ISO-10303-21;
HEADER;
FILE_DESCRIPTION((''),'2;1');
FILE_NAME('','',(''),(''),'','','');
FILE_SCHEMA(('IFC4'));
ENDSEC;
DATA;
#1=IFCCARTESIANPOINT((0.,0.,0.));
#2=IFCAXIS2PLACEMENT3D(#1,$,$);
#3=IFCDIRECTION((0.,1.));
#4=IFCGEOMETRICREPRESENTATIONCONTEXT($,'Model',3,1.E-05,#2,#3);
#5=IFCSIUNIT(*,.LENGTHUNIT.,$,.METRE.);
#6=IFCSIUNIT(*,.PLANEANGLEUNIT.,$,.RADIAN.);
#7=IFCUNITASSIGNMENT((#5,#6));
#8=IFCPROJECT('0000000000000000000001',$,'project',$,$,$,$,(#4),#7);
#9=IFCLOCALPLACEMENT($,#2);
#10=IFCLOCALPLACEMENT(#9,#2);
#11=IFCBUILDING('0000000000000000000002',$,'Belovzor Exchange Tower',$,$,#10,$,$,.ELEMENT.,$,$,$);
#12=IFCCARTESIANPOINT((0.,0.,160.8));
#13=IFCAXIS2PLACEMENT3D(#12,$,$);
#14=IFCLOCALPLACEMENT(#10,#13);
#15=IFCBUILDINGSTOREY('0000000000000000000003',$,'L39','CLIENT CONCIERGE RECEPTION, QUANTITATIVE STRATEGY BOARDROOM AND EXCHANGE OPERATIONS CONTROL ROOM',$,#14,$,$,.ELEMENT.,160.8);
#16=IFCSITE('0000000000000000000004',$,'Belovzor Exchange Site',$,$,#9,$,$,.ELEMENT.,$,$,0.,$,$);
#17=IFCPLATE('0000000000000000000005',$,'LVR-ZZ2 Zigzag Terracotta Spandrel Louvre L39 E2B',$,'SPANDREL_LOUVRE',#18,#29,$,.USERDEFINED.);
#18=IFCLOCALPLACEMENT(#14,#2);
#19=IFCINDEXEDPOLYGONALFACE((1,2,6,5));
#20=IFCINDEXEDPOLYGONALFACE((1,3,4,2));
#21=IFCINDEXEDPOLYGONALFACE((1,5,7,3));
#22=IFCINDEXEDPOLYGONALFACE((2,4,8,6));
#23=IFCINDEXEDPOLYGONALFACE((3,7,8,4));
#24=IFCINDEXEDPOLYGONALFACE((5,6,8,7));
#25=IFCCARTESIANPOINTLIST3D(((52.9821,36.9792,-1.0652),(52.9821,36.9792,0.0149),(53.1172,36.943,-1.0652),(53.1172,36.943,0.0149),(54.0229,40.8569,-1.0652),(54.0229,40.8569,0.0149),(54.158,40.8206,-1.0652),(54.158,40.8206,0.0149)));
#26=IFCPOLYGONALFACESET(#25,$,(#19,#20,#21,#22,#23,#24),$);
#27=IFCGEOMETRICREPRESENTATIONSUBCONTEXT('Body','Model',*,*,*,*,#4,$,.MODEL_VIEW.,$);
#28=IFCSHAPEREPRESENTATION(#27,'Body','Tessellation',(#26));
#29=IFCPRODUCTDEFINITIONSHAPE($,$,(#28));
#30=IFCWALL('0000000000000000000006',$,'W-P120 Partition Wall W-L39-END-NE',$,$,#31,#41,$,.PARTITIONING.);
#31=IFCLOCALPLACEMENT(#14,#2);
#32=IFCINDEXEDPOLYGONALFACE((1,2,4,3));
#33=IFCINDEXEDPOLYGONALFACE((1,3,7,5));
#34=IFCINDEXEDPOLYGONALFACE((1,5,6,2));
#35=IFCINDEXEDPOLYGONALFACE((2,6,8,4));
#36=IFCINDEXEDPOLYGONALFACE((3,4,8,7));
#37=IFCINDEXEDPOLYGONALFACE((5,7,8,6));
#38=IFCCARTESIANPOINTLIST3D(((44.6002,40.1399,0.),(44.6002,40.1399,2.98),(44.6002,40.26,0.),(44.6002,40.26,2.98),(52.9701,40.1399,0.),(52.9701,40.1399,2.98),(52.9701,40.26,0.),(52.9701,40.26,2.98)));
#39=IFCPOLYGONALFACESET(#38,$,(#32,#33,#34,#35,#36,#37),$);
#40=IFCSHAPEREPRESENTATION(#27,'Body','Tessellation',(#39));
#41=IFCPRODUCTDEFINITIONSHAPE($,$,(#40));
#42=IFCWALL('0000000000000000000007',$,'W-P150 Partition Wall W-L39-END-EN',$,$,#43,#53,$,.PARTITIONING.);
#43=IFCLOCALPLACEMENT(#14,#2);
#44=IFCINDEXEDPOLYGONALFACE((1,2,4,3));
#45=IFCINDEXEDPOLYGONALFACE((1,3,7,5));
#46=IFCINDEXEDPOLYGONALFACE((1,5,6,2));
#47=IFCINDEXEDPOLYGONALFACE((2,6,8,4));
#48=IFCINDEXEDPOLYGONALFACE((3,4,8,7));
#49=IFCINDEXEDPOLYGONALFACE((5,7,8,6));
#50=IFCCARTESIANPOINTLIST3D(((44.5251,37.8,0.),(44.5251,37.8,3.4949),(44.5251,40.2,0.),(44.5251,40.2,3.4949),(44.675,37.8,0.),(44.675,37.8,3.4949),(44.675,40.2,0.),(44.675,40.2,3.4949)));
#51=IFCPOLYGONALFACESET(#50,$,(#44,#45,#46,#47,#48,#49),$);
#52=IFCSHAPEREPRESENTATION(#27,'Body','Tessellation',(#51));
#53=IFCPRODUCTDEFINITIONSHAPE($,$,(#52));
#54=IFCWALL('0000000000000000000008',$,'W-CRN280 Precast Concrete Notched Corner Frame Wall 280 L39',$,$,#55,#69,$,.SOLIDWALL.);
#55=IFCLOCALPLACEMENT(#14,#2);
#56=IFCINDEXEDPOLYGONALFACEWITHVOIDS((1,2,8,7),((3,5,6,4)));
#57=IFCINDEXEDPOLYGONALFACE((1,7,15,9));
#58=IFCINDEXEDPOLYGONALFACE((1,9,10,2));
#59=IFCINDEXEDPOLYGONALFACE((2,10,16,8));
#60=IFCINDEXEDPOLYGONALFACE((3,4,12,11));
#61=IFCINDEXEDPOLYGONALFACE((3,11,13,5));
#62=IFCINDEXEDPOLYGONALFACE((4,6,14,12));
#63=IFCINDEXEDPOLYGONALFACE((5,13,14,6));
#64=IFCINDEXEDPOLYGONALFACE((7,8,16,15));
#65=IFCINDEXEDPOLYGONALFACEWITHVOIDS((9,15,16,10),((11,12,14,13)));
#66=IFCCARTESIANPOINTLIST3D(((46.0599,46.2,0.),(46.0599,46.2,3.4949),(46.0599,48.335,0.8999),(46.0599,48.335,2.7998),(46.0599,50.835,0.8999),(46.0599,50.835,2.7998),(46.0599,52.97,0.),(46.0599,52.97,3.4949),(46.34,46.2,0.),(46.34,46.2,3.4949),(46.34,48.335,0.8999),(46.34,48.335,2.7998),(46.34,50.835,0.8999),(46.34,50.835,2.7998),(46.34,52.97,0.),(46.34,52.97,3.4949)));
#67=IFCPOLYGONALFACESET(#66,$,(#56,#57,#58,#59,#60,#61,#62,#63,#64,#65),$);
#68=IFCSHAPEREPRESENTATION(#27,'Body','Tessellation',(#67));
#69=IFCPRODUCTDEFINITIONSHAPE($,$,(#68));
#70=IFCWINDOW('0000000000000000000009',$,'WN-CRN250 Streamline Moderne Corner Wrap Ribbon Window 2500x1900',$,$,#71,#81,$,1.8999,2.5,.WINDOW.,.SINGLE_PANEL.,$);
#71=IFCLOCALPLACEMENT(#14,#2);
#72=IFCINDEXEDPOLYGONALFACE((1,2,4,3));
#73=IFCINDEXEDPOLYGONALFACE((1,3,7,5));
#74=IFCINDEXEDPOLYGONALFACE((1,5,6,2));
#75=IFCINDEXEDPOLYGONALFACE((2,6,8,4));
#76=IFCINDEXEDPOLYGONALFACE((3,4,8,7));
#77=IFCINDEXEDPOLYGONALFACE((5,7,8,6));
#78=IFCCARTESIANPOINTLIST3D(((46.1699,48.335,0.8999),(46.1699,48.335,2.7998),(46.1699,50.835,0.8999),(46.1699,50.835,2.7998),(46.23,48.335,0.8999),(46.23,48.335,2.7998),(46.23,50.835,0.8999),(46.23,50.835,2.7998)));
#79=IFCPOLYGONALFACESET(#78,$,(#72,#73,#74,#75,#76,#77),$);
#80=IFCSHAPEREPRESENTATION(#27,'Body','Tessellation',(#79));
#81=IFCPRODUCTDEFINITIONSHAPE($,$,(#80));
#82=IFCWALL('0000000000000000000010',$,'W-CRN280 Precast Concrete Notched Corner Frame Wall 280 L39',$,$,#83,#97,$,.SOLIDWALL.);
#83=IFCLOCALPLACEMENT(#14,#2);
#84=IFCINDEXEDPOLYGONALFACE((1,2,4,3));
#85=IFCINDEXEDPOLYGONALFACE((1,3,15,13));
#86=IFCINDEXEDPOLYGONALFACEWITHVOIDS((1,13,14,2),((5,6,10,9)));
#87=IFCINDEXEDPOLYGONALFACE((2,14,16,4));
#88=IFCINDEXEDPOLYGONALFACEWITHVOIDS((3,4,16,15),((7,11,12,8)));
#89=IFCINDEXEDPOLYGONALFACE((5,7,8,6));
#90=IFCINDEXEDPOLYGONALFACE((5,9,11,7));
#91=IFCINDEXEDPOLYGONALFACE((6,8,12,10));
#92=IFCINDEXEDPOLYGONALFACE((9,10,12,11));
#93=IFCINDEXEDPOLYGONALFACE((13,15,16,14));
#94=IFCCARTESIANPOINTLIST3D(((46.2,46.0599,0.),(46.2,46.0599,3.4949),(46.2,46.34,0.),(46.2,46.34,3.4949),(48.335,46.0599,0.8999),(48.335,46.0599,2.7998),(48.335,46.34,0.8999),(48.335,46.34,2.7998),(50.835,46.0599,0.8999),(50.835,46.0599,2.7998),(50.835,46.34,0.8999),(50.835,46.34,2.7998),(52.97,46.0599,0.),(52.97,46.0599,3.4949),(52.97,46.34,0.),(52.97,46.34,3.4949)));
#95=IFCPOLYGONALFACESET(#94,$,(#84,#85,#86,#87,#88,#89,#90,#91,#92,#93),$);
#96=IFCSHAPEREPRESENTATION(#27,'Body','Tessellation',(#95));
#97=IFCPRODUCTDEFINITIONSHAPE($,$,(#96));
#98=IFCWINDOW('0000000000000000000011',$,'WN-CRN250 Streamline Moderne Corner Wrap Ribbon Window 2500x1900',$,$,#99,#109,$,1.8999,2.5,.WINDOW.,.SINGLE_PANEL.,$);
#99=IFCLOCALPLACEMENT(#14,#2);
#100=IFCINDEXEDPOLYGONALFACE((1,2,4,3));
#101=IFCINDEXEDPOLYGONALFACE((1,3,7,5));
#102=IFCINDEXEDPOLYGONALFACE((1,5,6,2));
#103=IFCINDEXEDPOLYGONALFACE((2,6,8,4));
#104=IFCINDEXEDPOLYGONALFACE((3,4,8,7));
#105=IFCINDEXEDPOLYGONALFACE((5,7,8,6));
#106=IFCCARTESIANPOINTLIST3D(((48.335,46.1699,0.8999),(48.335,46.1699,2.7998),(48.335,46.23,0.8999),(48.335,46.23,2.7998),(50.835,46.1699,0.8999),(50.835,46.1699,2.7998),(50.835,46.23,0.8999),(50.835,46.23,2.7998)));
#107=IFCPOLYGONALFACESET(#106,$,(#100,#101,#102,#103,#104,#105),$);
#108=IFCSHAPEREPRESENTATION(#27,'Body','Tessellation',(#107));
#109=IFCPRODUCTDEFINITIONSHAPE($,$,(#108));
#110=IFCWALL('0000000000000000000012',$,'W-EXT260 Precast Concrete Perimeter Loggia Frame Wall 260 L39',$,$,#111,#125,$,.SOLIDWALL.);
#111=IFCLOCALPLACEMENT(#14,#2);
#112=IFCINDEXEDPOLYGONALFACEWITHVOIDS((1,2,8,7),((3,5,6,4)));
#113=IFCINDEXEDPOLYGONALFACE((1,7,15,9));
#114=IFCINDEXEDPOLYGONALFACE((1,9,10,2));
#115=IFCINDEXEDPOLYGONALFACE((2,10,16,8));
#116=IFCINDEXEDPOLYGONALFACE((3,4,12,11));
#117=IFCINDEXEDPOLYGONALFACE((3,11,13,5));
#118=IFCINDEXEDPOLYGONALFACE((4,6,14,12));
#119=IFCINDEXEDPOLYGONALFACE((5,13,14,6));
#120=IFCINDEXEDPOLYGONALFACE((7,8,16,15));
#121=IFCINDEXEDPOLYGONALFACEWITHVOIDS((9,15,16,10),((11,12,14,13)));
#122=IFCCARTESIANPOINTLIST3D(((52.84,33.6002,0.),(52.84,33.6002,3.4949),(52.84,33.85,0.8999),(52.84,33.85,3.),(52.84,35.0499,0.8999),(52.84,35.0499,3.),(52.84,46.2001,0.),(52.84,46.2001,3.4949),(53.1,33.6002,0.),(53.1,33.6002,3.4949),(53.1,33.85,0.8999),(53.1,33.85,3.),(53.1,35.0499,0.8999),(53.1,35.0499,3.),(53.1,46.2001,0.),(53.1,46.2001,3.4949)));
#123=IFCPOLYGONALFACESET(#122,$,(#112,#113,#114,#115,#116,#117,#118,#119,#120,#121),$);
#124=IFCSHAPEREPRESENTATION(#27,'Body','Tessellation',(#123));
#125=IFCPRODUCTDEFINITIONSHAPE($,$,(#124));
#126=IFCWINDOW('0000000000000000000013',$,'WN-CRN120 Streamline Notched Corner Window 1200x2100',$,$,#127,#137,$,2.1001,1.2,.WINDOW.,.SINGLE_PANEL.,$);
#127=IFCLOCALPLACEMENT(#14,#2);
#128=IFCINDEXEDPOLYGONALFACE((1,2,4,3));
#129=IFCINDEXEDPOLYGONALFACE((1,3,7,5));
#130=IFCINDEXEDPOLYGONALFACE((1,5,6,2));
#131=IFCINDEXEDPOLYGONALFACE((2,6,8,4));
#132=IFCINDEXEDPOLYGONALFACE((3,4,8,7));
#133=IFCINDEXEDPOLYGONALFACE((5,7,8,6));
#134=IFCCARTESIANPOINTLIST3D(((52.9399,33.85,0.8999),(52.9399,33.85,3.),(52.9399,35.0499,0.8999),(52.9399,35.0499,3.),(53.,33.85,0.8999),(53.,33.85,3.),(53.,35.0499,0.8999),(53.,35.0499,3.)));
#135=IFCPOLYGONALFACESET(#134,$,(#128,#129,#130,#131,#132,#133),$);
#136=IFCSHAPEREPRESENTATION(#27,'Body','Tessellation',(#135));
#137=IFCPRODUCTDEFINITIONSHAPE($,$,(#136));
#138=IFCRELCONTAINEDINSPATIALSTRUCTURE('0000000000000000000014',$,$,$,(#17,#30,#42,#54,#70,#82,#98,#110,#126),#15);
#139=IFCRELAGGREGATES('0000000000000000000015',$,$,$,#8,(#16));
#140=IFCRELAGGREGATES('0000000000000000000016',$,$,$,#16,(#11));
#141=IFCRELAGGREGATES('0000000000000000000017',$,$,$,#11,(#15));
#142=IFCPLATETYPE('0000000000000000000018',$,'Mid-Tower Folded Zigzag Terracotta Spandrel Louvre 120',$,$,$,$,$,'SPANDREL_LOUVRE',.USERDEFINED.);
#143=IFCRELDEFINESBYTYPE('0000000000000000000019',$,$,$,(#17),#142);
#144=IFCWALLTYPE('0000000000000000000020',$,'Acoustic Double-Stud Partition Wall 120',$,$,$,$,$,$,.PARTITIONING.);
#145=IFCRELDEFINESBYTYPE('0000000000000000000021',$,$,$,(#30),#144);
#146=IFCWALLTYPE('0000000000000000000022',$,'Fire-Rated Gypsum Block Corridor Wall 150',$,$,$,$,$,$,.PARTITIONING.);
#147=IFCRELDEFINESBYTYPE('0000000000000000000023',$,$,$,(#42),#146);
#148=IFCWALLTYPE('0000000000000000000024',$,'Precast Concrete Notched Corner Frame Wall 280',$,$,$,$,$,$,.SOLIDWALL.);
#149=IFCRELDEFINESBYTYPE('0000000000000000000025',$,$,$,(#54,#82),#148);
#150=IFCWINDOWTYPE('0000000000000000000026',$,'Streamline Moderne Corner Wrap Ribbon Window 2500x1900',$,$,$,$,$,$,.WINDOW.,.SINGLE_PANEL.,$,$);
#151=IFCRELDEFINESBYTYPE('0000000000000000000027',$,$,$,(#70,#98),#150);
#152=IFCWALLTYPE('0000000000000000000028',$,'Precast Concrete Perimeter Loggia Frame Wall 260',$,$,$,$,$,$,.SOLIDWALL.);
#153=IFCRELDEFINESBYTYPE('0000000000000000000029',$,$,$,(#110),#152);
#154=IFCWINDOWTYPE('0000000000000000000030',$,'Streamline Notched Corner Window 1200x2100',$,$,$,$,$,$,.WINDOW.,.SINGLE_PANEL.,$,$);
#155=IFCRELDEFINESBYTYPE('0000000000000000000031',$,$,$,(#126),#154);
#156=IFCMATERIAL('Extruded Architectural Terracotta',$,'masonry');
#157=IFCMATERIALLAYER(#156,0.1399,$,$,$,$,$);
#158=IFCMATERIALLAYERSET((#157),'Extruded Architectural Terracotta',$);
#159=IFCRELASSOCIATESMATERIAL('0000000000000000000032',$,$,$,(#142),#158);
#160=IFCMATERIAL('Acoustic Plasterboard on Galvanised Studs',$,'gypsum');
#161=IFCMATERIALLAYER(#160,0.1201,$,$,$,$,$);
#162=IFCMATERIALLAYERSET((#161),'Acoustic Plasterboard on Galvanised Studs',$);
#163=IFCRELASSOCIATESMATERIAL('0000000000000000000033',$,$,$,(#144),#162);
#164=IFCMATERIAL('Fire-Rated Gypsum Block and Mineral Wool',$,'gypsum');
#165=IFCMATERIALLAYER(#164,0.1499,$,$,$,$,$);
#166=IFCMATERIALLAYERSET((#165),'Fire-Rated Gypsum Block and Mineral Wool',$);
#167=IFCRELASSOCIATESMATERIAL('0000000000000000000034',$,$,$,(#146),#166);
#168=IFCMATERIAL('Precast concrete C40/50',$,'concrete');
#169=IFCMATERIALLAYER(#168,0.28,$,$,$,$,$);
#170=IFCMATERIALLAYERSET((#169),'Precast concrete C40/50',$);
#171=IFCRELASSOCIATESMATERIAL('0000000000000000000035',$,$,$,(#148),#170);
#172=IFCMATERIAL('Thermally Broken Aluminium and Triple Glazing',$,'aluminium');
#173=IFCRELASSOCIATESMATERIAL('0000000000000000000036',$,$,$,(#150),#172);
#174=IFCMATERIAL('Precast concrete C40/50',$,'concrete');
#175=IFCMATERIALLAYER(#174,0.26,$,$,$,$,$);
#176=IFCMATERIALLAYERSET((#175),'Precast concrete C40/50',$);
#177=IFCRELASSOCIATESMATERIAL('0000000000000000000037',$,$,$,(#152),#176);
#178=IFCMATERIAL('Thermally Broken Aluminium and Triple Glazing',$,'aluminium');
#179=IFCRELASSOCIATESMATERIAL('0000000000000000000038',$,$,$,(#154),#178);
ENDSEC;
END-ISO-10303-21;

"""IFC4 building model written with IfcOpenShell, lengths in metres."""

from ifc_helpers import new_model, si_unit, direction, frame, frame_2d, origin, origin_2d, place, context, subcontext, project, spatial, rectangle, extrude, material, layer, layer_set, type_object, element, fill, save


model = new_model("IFC4")

# Units and contexts
model_context = context("Model", 3, precision=1e-05, world=origin(), true_north=direction((0.0, 1.0)))
body_context = subcontext(model_context, "Body", "Model", "MODEL_VIEW")
ifc_project = project(units=[si_unit("LENGTHUNIT", "METRE"), si_unit("PLANEANGLEUNIT", "RADIAN")], contexts=[model_context])

# Site, building, storey
site_placement = place(None, origin())
site = spatial("IfcSite", under=ifc_project, at=site_placement, Name="Belovzor Exchange Site", CompositionType="ELEMENT", RefElevation=0.0)
building_placement = place(site_placement, origin())
building = spatial("IfcBuilding", under=site, at=building_placement, Name="Belovzor Exchange Tower", CompositionType="ELEMENT")
storey_placement = place(building_placement, frame((0.0, 0.0, 160.8)))
storey = spatial("IfcBuildingStorey", under=building, at=storey_placement, Name="L39", Description="CLIENT CONCIERGE RECEPTION, QUANTITATIVE STRATEGY BOARDROOM AND EXCHANGE OPERATIONS CONTROL ROOM", CompositionType="ELEMENT", Elevation=160.8)

# Plate
ifc_material_1 = material(Name="Extruded Architectural Terracotta", Category="masonry")
ifc_layer_1 = layer(ifc_material_1, 0.1399)
ifc_layer_set_1 = layer_set([ifc_layer_1], Name="Extruded Architectural Terracotta")
plate_type = type_object("IfcPlateType", Name="Mid-Tower Folded Zigzag Terracotta Spandrel Louvre 120", ElementType="SPANDREL_LOUVRE", PredefinedType="USERDEFINED", material=ifc_layer_set_1)
plate_placement = place(storey_placement, frame((53.5701, 38.8999, -1.0652), z_axis=(0.0, 0.0, 1.0), x_axis=(0.25924, 0.965813, 0.0)))
element("IfcPlate", 1, at=plate_placement, inside=storey, type_object=plate_type, Name="LVR-ZZ2 Zigzag Terracotta Spandrel Louvre L39 E2B", ObjectType="SPANDREL_LOUVRE", PredefinedType="USERDEFINED", context=body_context, shape_type="SweptSolid", body=[
    extrude(rectangle(XDim=4.0149, YDim=0.1399, at=origin_2d()), origin(), (0.0, 0.0, 1.0), 1.0801),
])

# Walls
ifc_material_2 = material(Name="Acoustic Plasterboard on Galvanised Studs", Category="gypsum")
ifc_layer_2 = layer(ifc_material_2, 0.1201)
ifc_layer_set_2 = layer_set([ifc_layer_2], Name="Acoustic Plasterboard on Galvanised Studs")
wall_type_1 = type_object("IfcWallType", Name="Acoustic Double-Stud Partition Wall 120", PredefinedType="PARTITIONING", material=ifc_layer_set_2)
wall_1_placement = place(storey_placement, frame((44.6001, 40.2, 0.0), z_axis=(0.0, 0.0, 1.0), x_axis=(1.0, 0.0, 0.0)))
element("IfcWall", 2, at=wall_1_placement, inside=storey, type_object=wall_type_1, Name="W-P120 Partition Wall W-L39-END-NE", PredefinedType="PARTITIONING", context=body_context, shape_type="SweptSolid", body=[
    extrude(rectangle(XDim=8.3699, YDim=0.1201, at=frame_2d((4.1851, 0.0))), origin(), (0.0, 0.0, 1.0), 2.98),
])
ifc_material_3 = material(Name="Fire-Rated Gypsum Block and Mineral Wool", Category="gypsum")
ifc_layer_3 = layer(ifc_material_3, 0.1499)
ifc_layer_set_3 = layer_set([ifc_layer_3], Name="Fire-Rated Gypsum Block and Mineral Wool")
wall_type_2 = type_object("IfcWallType", Name="Fire-Rated Gypsum Block Corridor Wall 150", PredefinedType="PARTITIONING", material=ifc_layer_set_3)
wall_2_placement = place(storey_placement, frame((44.6001, 37.8, 0.0), z_axis=(0.0, 0.0, 1.0), x_axis=(0.0, 1.0, 0.0)))
element("IfcWall", 3, at=wall_2_placement, inside=storey, type_object=wall_type_2, Name="W-P150 Partition Wall W-L39-END-EN", PredefinedType="PARTITIONING", context=body_context, shape_type="SweptSolid", body=[
    extrude(rectangle(XDim=2.3999, YDim=0.1499, at=frame_2d((1.2, 0.0))), origin(), (0.0, 0.0, 1.0), 3.4949),
])

# Walls, openings, windows
ifc_material_4 = material(Name="Precast concrete C40/50", Category="concrete")
ifc_layer_4 = layer(ifc_material_4, 0.28)
ifc_layer_set_4 = layer_set([ifc_layer_4], Name="Precast concrete C40/50")
wall_type_3 = type_object("IfcWallType", Name="Precast Concrete Notched Corner Frame Wall 280", PredefinedType="SOLIDWALL", material=ifc_layer_set_4)
wall_3_placement = place(storey_placement, frame((46.2, 52.97, 0.0), z_axis=(0.0, 0.0, 1.0), x_axis=(0.0, -1.0, 0.0)))
wall_3 = element("IfcWall", 4, at=wall_3_placement, inside=storey, type_object=wall_type_3, Name="W-CRN280 Precast Concrete Notched Corner Frame Wall 280 L39", PredefinedType="SOLIDWALL", context=body_context, shape_type="SweptSolid", body=[
    extrude(rectangle(XDim=6.77, YDim=0.28, at=frame_2d((3.385, 0.0))), origin(), (0.0, 0.0, 1.0), 3.4949),
])
opening_1_placement = place(wall_3_placement, frame((2.135, 0.0, 0.8999)))
opening_1 = element("IfcOpeningElement", 5, at=opening_1_placement, cuts=wall_3, PredefinedType="OPENING", context=body_context, shape_type="SweptSolid", body=[
    extrude(rectangle(XDim=2.5, YDim=1.8999, at=frame_2d((1.25, 0.95))), frame((0.0, 0.1499, 0.0), z_axis=(0.0, -1.0, 0.0), x_axis=(1.0, 0.0, 0.0)), (0.0, 0.0, 1.0), 0.3),
])
ifc_material_5 = material(Name="Thermally Broken Aluminium and Triple Glazing", Category="aluminium")
window_type_1 = type_object("IfcWindowType", Name="Streamline Moderne Corner Wrap Ribbon Window 2500x1900", PartitioningType="SINGLE_PANEL", PredefinedType="WINDOW", material=ifc_material_5)
window_1_placement = place(opening_1_placement, origin())
window_1 = element("IfcWindow", 6, at=window_1_placement, inside=storey, type_object=window_type_1, Name="WN-CRN250 Streamline Moderne Corner Wrap Ribbon Window 2500x1900", OverallHeight=1.8999, OverallWidth=2.5, PartitioningType="SINGLE_PANEL", PredefinedType="WINDOW", context=body_context, shape_type="SweptSolid", body=[
    extrude(rectangle(XDim=2.5, YDim=1.8999, at=frame_2d((1.25, 0.95))), frame((0.0, 0.03, 0.0), z_axis=(0.0, -1.0, 0.0), x_axis=(1.0, 0.0, 0.0)), (0.0, 0.0, 1.0), 0.0601),
])
fill(opening_1, window_1)
wall_4_placement = place(storey_placement, frame((46.2, 46.2, 0.0), z_axis=(0.0, 0.0, 1.0), x_axis=(1.0, 0.0, 0.0)))
wall_4 = element("IfcWall", 7, at=wall_4_placement, inside=storey, type_object=wall_type_3, Name="W-CRN280 Precast Concrete Notched Corner Frame Wall 280 L39", PredefinedType="SOLIDWALL", context=body_context, shape_type="SweptSolid", body=[
    extrude(rectangle(XDim=6.77, YDim=0.28, at=frame_2d((3.385, 0.0))), origin(), (0.0, 0.0, 1.0), 3.4949),
])
opening_2_placement = place(wall_4_placement, frame((2.135, 0.0, 0.8999)))
opening_2 = element("IfcOpeningElement", 8, at=opening_2_placement, cuts=wall_4, PredefinedType="OPENING", context=body_context, shape_type="SweptSolid", body=[
    extrude(rectangle(XDim=2.5, YDim=1.8999, at=frame_2d((1.25, 0.95))), frame((0.0, 0.1499, 0.0), z_axis=(0.0, -1.0, 0.0), x_axis=(1.0, 0.0, 0.0)), (0.0, 0.0, 1.0), 0.3),
])
window_2_placement = place(opening_2_placement, origin())
window_2 = element("IfcWindow", 9, at=window_2_placement, inside=storey, type_object=window_type_1, Name="WN-CRN250 Streamline Moderne Corner Wrap Ribbon Window 2500x1900", OverallHeight=1.8999, OverallWidth=2.5, PartitioningType="SINGLE_PANEL", PredefinedType="WINDOW", context=body_context, shape_type="SweptSolid", body=[
    extrude(rectangle(XDim=2.5, YDim=1.8999, at=frame_2d((1.25, 0.95))), frame((0.0, 0.03, 0.0), z_axis=(0.0, -1.0, 0.0), x_axis=(1.0, 0.0, 0.0)), (0.0, 0.0, 1.0), 0.0601),
])
fill(opening_2, window_2)
ifc_material_6 = material(Name="Precast concrete C40/50", Category="concrete")
ifc_layer_5 = layer(ifc_material_6, 0.26)
ifc_layer_set_5 = layer_set([ifc_layer_5], Name="Precast concrete C40/50")
wall_type_4 = type_object("IfcWallType", Name="Precast Concrete Perimeter Loggia Frame Wall 260", PredefinedType="SOLIDWALL", material=ifc_layer_set_5)
wall_5_placement = place(storey_placement, frame((52.97, 46.2, 0.0), z_axis=(0.0, 0.0, 1.0), x_axis=(0.0, -1.0, 0.0)))
wall_5 = element("IfcWall", 10, at=wall_5_placement, inside=storey, type_object=wall_type_4, Name="W-EXT260 Precast Concrete Perimeter Loggia Frame Wall 260 L39", PredefinedType="SOLIDWALL", context=body_context, shape_type="SweptSolid", body=[
    extrude(rectangle(XDim=12.5999, YDim=0.26, at=frame_2d((6.2998, 0.0))), origin(), (0.0, 0.0, 1.0), 3.4949),
])
opening_3_placement = place(wall_5_placement, frame((11.1499, 0.0, 0.8999)))
opening_3 = element("IfcOpeningElement", 11, at=opening_3_placement, cuts=wall_5, PredefinedType="OPENING", context=body_context, shape_type="SweptSolid", body=[
    extrude(rectangle(XDim=1.2, YDim=2.1001, at=frame_2d((0.6001, 1.05))), frame((0.0, 0.1399, 0.0), z_axis=(0.0, -1.0, 0.0), x_axis=(1.0, 0.0, 0.0)), (0.0, 0.0, 1.0), 0.28),
])
ifc_material_7 = material(Name="Thermally Broken Aluminium and Triple Glazing", Category="aluminium")
window_type_2 = type_object("IfcWindowType", Name="Streamline Notched Corner Window 1200x2100", PartitioningType="SINGLE_PANEL", PredefinedType="WINDOW", material=ifc_material_7)
window_3_placement = place(opening_3_placement, origin())
window_3 = element("IfcWindow", 12, at=window_3_placement, inside=storey, type_object=window_type_2, Name="WN-CRN120 Streamline Notched Corner Window 1200x2100", OverallHeight=2.1001, OverallWidth=1.2, PartitioningType="SINGLE_PANEL", PredefinedType="WINDOW", context=body_context, shape_type="SweptSolid", body=[
    extrude(rectangle(XDim=1.2, YDim=2.1001, at=frame_2d((0.6001, 1.05))), frame((0.0, 0.03, 0.0), z_axis=(0.0, -1.0, 0.0), x_axis=(1.0, 0.0, 0.0)), (0.0, 0.0, 1.0), 0.0601),
])
fill(opening_3, window_3)

save(model, "model.ifc")
